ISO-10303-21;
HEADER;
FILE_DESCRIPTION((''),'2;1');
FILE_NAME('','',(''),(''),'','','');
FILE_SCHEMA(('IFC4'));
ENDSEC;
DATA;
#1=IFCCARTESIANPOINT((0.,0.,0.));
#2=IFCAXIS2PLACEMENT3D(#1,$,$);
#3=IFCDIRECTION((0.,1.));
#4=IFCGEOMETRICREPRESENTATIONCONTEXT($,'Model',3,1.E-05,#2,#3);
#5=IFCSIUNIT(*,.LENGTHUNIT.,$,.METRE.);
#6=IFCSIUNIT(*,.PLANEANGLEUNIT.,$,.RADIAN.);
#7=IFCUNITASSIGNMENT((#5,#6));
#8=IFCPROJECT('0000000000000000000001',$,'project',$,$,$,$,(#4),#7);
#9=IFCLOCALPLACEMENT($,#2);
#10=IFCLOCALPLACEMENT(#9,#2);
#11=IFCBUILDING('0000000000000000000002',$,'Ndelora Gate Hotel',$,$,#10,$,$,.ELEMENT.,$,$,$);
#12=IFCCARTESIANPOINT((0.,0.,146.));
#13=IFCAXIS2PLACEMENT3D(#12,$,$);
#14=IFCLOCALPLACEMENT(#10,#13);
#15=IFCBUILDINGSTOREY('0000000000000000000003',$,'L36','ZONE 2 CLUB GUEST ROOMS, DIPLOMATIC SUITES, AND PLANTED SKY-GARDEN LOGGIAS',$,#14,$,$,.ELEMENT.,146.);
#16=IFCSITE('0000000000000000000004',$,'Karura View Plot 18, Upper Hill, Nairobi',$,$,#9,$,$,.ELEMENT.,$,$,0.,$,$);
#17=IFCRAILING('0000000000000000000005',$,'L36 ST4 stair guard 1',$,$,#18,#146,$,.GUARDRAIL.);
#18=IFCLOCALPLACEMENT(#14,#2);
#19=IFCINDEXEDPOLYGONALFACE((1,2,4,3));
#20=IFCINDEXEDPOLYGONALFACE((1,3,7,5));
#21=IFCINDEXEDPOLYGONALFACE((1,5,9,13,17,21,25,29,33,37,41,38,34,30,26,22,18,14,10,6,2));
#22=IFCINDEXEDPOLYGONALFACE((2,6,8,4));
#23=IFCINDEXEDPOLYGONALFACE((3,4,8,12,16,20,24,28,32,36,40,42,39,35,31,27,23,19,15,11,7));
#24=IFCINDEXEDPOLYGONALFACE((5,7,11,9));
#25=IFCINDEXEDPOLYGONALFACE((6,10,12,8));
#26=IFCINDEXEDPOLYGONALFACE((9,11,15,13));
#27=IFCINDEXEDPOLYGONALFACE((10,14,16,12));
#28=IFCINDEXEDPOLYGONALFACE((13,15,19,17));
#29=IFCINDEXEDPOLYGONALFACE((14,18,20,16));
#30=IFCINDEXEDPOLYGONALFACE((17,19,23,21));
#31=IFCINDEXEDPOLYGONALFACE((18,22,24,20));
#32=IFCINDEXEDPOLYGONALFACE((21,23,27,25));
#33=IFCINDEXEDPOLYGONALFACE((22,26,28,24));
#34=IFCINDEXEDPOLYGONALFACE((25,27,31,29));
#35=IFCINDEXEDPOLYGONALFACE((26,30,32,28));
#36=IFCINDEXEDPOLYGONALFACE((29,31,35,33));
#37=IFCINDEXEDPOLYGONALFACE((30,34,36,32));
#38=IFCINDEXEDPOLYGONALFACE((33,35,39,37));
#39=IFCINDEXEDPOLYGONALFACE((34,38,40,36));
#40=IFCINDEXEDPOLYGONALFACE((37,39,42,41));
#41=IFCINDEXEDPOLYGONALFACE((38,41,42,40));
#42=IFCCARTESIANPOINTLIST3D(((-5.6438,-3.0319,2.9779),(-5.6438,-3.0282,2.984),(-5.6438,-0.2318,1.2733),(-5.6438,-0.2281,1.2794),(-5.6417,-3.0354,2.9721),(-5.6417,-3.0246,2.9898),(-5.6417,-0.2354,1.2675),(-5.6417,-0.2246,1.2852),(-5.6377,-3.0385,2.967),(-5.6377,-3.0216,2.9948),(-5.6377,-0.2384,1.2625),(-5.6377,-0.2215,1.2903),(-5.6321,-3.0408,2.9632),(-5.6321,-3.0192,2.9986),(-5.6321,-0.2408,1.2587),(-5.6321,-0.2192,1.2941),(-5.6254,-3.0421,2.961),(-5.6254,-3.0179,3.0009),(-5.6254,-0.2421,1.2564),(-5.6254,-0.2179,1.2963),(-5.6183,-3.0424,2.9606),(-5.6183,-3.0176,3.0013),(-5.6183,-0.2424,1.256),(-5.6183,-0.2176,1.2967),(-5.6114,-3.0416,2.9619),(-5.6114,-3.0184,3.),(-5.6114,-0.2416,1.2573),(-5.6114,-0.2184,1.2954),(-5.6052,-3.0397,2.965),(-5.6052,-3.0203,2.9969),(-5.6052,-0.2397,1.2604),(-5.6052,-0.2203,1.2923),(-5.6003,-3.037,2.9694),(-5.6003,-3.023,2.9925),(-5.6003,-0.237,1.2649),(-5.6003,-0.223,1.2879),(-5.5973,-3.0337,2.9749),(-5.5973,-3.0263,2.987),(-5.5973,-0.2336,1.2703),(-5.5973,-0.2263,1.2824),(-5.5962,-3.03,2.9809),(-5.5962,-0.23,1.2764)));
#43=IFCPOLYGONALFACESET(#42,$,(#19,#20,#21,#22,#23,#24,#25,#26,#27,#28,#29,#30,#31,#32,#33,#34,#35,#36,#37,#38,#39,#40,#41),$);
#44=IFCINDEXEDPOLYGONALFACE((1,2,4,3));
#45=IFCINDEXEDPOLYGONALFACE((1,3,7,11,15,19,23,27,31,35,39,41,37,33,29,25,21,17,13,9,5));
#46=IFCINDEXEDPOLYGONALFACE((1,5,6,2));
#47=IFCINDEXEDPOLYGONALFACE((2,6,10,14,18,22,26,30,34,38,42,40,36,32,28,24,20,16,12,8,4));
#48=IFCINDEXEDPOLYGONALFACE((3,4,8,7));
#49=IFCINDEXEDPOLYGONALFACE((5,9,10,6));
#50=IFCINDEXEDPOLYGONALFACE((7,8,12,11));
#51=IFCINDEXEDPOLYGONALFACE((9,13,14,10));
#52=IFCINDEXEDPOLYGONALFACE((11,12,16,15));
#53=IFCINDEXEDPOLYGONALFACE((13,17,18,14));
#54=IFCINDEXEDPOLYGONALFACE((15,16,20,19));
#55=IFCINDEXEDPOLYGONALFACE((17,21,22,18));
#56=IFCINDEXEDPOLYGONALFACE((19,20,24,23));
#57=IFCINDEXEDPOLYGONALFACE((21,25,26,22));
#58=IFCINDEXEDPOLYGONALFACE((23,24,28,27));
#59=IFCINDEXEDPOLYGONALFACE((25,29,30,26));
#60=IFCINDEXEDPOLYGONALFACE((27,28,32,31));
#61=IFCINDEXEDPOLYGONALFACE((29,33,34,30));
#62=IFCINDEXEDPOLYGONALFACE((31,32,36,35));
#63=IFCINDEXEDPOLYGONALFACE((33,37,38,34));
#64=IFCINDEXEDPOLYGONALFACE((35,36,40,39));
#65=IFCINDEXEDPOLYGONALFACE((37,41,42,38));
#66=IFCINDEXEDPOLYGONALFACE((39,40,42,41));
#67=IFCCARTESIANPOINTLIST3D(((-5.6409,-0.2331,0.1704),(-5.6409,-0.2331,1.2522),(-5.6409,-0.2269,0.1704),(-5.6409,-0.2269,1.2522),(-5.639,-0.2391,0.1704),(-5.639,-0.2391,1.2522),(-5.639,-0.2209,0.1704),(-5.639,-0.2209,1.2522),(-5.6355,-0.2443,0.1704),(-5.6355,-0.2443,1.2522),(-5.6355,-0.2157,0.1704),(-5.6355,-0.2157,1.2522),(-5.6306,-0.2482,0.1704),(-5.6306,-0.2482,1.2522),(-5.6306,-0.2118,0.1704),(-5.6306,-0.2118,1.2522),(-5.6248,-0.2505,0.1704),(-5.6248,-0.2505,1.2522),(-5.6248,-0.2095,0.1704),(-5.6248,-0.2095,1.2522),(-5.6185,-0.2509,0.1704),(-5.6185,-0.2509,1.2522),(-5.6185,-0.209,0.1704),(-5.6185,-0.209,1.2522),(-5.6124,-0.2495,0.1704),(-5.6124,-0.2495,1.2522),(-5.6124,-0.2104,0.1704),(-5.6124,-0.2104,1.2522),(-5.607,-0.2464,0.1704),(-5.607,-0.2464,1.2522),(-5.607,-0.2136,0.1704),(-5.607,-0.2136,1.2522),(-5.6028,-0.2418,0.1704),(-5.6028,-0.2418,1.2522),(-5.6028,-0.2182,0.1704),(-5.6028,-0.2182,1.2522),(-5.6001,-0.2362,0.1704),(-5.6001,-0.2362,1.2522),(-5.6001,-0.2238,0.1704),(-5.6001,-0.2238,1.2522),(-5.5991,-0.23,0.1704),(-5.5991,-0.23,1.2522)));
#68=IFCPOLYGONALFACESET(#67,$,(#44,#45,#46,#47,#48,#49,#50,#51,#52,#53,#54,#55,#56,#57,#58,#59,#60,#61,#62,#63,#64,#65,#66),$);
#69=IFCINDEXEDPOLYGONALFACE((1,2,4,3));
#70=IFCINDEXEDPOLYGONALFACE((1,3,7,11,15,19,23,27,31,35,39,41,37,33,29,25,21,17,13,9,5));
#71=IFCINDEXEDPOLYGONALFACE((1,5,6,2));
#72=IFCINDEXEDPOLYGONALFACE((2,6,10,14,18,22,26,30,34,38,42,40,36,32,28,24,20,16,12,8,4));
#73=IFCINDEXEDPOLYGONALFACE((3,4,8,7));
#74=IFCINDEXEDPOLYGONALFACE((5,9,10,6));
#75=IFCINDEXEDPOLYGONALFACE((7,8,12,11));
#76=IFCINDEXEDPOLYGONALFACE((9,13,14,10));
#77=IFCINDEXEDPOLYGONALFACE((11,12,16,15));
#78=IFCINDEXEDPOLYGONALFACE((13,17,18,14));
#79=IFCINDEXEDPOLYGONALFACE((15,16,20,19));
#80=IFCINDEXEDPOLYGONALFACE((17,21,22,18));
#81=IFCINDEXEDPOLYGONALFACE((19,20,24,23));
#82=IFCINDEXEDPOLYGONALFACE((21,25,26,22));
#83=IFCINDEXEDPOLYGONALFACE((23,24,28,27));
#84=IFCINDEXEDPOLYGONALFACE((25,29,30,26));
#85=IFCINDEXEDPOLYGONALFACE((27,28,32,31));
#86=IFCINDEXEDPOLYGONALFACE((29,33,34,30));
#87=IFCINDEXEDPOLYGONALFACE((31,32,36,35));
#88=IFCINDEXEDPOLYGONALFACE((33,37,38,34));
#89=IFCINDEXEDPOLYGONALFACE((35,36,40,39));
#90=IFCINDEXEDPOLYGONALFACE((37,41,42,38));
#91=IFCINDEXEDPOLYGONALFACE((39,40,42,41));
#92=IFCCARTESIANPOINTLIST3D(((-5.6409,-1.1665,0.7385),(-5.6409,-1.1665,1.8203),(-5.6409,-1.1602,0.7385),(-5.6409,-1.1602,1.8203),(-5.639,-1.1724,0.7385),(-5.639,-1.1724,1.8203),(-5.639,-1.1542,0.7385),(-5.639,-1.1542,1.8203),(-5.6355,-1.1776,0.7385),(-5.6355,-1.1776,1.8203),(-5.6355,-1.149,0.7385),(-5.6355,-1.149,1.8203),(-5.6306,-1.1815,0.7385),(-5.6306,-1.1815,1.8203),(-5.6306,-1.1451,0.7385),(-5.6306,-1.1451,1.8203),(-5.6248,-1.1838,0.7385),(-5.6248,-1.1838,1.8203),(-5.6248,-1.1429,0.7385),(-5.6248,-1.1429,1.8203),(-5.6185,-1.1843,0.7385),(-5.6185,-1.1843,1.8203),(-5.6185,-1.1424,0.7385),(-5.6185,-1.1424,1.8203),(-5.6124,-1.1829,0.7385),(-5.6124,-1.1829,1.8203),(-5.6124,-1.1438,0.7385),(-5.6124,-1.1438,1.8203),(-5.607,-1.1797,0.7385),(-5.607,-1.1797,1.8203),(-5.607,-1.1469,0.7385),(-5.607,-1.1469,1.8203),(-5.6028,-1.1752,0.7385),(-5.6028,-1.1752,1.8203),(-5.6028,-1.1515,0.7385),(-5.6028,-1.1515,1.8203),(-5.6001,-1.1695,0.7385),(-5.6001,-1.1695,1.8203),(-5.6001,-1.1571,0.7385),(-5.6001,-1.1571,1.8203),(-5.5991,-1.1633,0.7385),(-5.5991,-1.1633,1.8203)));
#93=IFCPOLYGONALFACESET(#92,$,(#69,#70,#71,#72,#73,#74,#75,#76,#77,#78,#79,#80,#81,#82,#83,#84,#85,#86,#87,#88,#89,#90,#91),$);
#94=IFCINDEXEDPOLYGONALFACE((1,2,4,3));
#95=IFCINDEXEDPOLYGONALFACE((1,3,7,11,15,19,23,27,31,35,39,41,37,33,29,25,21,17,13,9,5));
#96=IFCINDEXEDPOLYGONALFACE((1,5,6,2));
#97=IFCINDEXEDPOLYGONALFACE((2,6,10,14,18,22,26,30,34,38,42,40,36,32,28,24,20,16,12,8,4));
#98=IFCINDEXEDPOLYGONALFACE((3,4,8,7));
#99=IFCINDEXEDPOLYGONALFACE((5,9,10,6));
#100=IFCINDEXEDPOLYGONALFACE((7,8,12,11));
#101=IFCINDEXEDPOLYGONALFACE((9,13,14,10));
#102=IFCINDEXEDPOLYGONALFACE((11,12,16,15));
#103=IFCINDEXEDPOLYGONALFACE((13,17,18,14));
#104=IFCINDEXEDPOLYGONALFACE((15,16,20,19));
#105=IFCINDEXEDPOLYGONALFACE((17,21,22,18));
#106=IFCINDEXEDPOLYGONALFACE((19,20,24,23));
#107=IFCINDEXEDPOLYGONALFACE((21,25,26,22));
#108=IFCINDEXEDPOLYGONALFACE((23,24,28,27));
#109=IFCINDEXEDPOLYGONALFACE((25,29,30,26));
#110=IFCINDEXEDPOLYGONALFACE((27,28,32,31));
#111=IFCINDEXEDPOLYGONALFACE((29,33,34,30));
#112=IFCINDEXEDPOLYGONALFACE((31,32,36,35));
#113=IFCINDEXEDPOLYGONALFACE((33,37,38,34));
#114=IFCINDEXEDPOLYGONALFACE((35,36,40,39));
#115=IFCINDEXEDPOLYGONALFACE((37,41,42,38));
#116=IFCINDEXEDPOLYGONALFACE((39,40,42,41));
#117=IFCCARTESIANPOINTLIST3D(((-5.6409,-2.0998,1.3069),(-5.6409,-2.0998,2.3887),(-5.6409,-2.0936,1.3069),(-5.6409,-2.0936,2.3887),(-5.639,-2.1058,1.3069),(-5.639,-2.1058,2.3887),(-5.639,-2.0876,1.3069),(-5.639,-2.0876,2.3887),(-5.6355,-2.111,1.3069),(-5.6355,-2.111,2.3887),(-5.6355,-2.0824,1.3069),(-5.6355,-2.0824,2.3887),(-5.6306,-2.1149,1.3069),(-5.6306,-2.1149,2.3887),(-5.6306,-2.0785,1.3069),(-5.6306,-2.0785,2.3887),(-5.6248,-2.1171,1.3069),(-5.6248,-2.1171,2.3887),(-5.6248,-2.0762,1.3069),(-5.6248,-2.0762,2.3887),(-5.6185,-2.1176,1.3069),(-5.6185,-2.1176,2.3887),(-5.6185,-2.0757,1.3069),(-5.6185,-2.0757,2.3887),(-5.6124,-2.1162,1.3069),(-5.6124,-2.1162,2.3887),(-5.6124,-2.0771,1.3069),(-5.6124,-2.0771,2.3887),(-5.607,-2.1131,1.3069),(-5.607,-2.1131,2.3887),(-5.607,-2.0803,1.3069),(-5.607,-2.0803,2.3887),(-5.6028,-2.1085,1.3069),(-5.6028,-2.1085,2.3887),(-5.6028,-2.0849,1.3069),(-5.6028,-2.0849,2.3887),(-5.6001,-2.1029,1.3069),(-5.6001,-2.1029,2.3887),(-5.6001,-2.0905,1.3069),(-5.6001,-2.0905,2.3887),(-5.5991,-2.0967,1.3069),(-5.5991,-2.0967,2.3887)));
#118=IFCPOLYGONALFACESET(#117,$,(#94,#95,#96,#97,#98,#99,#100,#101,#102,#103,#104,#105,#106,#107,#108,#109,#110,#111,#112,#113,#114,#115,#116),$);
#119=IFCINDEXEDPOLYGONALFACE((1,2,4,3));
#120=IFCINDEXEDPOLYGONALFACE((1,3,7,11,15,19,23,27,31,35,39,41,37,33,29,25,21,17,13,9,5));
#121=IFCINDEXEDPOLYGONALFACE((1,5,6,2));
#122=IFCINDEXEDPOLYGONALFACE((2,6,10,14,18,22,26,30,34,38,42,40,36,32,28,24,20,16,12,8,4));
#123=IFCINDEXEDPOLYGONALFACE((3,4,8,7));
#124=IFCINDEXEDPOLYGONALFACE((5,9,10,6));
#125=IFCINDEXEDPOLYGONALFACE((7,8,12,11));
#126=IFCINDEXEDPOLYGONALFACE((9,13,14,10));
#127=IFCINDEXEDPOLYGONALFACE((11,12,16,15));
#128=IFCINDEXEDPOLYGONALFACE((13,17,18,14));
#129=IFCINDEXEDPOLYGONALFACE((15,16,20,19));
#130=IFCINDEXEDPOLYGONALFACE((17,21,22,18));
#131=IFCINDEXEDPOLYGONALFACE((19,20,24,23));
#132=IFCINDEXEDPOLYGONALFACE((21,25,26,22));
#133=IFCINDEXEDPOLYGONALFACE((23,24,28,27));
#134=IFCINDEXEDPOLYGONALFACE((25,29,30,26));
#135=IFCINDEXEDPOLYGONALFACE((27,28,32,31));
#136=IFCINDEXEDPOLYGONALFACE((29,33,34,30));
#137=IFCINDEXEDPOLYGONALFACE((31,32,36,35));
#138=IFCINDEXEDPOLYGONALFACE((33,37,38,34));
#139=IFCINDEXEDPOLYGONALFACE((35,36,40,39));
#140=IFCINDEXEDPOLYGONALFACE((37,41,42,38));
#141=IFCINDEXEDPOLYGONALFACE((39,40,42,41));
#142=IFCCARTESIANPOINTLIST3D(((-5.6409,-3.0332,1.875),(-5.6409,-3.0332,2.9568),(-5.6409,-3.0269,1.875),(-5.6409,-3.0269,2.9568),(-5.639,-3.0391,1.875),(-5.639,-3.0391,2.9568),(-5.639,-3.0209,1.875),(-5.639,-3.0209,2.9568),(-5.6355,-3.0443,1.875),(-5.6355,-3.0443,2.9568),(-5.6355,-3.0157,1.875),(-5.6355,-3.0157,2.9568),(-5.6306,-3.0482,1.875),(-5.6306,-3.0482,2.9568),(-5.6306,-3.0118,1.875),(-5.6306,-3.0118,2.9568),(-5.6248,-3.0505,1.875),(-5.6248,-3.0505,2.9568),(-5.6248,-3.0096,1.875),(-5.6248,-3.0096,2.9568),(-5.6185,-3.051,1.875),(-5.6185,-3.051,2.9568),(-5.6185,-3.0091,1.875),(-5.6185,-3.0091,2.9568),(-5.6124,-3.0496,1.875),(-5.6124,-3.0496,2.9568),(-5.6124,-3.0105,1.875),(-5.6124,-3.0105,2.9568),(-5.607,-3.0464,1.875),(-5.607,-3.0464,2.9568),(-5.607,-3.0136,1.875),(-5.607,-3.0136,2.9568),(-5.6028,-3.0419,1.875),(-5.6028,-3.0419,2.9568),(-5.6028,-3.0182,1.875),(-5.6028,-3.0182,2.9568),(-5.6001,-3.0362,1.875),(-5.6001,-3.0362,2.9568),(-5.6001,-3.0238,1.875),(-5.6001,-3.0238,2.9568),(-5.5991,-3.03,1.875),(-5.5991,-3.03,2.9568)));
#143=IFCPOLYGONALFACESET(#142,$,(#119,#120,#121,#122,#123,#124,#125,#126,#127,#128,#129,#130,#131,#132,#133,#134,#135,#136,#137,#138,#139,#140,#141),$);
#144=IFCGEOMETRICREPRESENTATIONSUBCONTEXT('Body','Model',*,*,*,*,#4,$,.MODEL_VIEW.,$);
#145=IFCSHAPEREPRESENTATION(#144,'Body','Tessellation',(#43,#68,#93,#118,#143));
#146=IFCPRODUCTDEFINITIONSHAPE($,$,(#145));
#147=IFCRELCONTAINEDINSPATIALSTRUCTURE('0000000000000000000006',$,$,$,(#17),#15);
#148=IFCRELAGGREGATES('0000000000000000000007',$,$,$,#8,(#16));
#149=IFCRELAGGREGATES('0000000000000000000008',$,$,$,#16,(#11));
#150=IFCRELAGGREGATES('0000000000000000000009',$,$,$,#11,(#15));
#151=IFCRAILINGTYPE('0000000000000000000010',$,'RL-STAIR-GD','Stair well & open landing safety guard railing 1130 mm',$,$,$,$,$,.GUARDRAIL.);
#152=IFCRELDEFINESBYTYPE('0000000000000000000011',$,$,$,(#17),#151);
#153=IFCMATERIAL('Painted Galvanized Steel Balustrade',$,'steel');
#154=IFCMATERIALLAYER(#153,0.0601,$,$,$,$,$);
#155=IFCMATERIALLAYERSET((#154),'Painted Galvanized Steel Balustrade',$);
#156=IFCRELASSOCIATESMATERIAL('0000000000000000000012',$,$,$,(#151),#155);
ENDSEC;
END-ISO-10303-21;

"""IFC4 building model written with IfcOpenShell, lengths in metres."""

from ifc_helpers import new_model, si_unit, direction, frame, origin, origin_2d, place, context, subcontext, project, spatial, circle, extrude, material, layer, layer_set, type_object, element, save


model = new_model("IFC4")

# Units and contexts
model_context = context("Model", 3, precision=1e-05, world=origin(), true_north=direction((0.0, 1.0)))
body_context = subcontext(model_context, "Body", "Model", "MODEL_VIEW")
ifc_project = project(units=[si_unit("LENGTHUNIT", "METRE"), si_unit("PLANEANGLEUNIT", "RADIAN")], contexts=[model_context])

# Site, building, storey
site_placement = place(None, origin())
site = spatial("IfcSite", under=ifc_project, at=site_placement, Name="Karura View Plot 18, Upper Hill, Nairobi", CompositionType="ELEMENT", RefElevation=0.0)
building_placement = place(site_placement, origin())
building = spatial("IfcBuilding", under=site, at=building_placement, Name="Ndelora Gate Hotel", CompositionType="ELEMENT")
storey_placement = place(building_placement, frame((0.0, 0.0, 146.0)))
storey = spatial("IfcBuildingStorey", under=building, at=storey_placement, Name="L36", Description="ZONE 2 CLUB GUEST ROOMS, DIPLOMATIC SUITES, AND PLANTED SKY-GARDEN LOGGIAS", CompositionType="ELEMENT", Elevation=146.0)

# Railing
ifc_material_1 = material(Name="Painted Galvanized Steel Balustrade", Category="steel")
ifc_layer_1 = layer(ifc_material_1, 0.0601)
ifc_layer_set_1 = layer_set([ifc_layer_1], Name="Painted Galvanized Steel Balustrade")
railing_type_1 = type_object("IfcRailingType", Name="RL-STAIR-GD", Description="Stair well & open landing safety guard railing 1130 mm", PredefinedType="GUARDRAIL", material=ifc_layer_set_1)
railing_1_placement = place(storey_placement, frame((-5.6201, -0.23, 0.1704)))
element("IfcRailing", 1, at=railing_1_placement, inside=storey, type_object=railing_type_1, Name="L36 ST4 stair guard 1", PredefinedType="GUARDRAIL", context=body_context, shape_type="SweptSolid", body=[
    extrude(circle(Radius=0.0239, at=origin_2d()), frame((0.0, 0.0, 1.106), z_axis=(0.0, -0.85417, 0.519994), x_axis=(1.0, 0.0, 0.0)), (0.0, 0.0, 1.0), 3.2781),
    extrude(circle(Radius=0.021, at=origin_2d()), origin(), (0.0, 0.0, 1.0), 1.0818),
    extrude(circle(Radius=0.021, at=origin_2d()), frame((0.0, -0.9333, 0.5681)), (0.0, 0.0, 1.0), 1.0818),
    extrude(circle(Radius=0.021, at=origin_2d()), frame((0.0, -1.8667, 1.1365)), (0.0, 0.0, 1.0), 1.0818),
    extrude(circle(Radius=0.021, at=origin_2d()), frame((0.0, -2.8, 1.7046)), (0.0, 0.0, 1.0), 1.0818),
])

save(model, "model.ifc")
